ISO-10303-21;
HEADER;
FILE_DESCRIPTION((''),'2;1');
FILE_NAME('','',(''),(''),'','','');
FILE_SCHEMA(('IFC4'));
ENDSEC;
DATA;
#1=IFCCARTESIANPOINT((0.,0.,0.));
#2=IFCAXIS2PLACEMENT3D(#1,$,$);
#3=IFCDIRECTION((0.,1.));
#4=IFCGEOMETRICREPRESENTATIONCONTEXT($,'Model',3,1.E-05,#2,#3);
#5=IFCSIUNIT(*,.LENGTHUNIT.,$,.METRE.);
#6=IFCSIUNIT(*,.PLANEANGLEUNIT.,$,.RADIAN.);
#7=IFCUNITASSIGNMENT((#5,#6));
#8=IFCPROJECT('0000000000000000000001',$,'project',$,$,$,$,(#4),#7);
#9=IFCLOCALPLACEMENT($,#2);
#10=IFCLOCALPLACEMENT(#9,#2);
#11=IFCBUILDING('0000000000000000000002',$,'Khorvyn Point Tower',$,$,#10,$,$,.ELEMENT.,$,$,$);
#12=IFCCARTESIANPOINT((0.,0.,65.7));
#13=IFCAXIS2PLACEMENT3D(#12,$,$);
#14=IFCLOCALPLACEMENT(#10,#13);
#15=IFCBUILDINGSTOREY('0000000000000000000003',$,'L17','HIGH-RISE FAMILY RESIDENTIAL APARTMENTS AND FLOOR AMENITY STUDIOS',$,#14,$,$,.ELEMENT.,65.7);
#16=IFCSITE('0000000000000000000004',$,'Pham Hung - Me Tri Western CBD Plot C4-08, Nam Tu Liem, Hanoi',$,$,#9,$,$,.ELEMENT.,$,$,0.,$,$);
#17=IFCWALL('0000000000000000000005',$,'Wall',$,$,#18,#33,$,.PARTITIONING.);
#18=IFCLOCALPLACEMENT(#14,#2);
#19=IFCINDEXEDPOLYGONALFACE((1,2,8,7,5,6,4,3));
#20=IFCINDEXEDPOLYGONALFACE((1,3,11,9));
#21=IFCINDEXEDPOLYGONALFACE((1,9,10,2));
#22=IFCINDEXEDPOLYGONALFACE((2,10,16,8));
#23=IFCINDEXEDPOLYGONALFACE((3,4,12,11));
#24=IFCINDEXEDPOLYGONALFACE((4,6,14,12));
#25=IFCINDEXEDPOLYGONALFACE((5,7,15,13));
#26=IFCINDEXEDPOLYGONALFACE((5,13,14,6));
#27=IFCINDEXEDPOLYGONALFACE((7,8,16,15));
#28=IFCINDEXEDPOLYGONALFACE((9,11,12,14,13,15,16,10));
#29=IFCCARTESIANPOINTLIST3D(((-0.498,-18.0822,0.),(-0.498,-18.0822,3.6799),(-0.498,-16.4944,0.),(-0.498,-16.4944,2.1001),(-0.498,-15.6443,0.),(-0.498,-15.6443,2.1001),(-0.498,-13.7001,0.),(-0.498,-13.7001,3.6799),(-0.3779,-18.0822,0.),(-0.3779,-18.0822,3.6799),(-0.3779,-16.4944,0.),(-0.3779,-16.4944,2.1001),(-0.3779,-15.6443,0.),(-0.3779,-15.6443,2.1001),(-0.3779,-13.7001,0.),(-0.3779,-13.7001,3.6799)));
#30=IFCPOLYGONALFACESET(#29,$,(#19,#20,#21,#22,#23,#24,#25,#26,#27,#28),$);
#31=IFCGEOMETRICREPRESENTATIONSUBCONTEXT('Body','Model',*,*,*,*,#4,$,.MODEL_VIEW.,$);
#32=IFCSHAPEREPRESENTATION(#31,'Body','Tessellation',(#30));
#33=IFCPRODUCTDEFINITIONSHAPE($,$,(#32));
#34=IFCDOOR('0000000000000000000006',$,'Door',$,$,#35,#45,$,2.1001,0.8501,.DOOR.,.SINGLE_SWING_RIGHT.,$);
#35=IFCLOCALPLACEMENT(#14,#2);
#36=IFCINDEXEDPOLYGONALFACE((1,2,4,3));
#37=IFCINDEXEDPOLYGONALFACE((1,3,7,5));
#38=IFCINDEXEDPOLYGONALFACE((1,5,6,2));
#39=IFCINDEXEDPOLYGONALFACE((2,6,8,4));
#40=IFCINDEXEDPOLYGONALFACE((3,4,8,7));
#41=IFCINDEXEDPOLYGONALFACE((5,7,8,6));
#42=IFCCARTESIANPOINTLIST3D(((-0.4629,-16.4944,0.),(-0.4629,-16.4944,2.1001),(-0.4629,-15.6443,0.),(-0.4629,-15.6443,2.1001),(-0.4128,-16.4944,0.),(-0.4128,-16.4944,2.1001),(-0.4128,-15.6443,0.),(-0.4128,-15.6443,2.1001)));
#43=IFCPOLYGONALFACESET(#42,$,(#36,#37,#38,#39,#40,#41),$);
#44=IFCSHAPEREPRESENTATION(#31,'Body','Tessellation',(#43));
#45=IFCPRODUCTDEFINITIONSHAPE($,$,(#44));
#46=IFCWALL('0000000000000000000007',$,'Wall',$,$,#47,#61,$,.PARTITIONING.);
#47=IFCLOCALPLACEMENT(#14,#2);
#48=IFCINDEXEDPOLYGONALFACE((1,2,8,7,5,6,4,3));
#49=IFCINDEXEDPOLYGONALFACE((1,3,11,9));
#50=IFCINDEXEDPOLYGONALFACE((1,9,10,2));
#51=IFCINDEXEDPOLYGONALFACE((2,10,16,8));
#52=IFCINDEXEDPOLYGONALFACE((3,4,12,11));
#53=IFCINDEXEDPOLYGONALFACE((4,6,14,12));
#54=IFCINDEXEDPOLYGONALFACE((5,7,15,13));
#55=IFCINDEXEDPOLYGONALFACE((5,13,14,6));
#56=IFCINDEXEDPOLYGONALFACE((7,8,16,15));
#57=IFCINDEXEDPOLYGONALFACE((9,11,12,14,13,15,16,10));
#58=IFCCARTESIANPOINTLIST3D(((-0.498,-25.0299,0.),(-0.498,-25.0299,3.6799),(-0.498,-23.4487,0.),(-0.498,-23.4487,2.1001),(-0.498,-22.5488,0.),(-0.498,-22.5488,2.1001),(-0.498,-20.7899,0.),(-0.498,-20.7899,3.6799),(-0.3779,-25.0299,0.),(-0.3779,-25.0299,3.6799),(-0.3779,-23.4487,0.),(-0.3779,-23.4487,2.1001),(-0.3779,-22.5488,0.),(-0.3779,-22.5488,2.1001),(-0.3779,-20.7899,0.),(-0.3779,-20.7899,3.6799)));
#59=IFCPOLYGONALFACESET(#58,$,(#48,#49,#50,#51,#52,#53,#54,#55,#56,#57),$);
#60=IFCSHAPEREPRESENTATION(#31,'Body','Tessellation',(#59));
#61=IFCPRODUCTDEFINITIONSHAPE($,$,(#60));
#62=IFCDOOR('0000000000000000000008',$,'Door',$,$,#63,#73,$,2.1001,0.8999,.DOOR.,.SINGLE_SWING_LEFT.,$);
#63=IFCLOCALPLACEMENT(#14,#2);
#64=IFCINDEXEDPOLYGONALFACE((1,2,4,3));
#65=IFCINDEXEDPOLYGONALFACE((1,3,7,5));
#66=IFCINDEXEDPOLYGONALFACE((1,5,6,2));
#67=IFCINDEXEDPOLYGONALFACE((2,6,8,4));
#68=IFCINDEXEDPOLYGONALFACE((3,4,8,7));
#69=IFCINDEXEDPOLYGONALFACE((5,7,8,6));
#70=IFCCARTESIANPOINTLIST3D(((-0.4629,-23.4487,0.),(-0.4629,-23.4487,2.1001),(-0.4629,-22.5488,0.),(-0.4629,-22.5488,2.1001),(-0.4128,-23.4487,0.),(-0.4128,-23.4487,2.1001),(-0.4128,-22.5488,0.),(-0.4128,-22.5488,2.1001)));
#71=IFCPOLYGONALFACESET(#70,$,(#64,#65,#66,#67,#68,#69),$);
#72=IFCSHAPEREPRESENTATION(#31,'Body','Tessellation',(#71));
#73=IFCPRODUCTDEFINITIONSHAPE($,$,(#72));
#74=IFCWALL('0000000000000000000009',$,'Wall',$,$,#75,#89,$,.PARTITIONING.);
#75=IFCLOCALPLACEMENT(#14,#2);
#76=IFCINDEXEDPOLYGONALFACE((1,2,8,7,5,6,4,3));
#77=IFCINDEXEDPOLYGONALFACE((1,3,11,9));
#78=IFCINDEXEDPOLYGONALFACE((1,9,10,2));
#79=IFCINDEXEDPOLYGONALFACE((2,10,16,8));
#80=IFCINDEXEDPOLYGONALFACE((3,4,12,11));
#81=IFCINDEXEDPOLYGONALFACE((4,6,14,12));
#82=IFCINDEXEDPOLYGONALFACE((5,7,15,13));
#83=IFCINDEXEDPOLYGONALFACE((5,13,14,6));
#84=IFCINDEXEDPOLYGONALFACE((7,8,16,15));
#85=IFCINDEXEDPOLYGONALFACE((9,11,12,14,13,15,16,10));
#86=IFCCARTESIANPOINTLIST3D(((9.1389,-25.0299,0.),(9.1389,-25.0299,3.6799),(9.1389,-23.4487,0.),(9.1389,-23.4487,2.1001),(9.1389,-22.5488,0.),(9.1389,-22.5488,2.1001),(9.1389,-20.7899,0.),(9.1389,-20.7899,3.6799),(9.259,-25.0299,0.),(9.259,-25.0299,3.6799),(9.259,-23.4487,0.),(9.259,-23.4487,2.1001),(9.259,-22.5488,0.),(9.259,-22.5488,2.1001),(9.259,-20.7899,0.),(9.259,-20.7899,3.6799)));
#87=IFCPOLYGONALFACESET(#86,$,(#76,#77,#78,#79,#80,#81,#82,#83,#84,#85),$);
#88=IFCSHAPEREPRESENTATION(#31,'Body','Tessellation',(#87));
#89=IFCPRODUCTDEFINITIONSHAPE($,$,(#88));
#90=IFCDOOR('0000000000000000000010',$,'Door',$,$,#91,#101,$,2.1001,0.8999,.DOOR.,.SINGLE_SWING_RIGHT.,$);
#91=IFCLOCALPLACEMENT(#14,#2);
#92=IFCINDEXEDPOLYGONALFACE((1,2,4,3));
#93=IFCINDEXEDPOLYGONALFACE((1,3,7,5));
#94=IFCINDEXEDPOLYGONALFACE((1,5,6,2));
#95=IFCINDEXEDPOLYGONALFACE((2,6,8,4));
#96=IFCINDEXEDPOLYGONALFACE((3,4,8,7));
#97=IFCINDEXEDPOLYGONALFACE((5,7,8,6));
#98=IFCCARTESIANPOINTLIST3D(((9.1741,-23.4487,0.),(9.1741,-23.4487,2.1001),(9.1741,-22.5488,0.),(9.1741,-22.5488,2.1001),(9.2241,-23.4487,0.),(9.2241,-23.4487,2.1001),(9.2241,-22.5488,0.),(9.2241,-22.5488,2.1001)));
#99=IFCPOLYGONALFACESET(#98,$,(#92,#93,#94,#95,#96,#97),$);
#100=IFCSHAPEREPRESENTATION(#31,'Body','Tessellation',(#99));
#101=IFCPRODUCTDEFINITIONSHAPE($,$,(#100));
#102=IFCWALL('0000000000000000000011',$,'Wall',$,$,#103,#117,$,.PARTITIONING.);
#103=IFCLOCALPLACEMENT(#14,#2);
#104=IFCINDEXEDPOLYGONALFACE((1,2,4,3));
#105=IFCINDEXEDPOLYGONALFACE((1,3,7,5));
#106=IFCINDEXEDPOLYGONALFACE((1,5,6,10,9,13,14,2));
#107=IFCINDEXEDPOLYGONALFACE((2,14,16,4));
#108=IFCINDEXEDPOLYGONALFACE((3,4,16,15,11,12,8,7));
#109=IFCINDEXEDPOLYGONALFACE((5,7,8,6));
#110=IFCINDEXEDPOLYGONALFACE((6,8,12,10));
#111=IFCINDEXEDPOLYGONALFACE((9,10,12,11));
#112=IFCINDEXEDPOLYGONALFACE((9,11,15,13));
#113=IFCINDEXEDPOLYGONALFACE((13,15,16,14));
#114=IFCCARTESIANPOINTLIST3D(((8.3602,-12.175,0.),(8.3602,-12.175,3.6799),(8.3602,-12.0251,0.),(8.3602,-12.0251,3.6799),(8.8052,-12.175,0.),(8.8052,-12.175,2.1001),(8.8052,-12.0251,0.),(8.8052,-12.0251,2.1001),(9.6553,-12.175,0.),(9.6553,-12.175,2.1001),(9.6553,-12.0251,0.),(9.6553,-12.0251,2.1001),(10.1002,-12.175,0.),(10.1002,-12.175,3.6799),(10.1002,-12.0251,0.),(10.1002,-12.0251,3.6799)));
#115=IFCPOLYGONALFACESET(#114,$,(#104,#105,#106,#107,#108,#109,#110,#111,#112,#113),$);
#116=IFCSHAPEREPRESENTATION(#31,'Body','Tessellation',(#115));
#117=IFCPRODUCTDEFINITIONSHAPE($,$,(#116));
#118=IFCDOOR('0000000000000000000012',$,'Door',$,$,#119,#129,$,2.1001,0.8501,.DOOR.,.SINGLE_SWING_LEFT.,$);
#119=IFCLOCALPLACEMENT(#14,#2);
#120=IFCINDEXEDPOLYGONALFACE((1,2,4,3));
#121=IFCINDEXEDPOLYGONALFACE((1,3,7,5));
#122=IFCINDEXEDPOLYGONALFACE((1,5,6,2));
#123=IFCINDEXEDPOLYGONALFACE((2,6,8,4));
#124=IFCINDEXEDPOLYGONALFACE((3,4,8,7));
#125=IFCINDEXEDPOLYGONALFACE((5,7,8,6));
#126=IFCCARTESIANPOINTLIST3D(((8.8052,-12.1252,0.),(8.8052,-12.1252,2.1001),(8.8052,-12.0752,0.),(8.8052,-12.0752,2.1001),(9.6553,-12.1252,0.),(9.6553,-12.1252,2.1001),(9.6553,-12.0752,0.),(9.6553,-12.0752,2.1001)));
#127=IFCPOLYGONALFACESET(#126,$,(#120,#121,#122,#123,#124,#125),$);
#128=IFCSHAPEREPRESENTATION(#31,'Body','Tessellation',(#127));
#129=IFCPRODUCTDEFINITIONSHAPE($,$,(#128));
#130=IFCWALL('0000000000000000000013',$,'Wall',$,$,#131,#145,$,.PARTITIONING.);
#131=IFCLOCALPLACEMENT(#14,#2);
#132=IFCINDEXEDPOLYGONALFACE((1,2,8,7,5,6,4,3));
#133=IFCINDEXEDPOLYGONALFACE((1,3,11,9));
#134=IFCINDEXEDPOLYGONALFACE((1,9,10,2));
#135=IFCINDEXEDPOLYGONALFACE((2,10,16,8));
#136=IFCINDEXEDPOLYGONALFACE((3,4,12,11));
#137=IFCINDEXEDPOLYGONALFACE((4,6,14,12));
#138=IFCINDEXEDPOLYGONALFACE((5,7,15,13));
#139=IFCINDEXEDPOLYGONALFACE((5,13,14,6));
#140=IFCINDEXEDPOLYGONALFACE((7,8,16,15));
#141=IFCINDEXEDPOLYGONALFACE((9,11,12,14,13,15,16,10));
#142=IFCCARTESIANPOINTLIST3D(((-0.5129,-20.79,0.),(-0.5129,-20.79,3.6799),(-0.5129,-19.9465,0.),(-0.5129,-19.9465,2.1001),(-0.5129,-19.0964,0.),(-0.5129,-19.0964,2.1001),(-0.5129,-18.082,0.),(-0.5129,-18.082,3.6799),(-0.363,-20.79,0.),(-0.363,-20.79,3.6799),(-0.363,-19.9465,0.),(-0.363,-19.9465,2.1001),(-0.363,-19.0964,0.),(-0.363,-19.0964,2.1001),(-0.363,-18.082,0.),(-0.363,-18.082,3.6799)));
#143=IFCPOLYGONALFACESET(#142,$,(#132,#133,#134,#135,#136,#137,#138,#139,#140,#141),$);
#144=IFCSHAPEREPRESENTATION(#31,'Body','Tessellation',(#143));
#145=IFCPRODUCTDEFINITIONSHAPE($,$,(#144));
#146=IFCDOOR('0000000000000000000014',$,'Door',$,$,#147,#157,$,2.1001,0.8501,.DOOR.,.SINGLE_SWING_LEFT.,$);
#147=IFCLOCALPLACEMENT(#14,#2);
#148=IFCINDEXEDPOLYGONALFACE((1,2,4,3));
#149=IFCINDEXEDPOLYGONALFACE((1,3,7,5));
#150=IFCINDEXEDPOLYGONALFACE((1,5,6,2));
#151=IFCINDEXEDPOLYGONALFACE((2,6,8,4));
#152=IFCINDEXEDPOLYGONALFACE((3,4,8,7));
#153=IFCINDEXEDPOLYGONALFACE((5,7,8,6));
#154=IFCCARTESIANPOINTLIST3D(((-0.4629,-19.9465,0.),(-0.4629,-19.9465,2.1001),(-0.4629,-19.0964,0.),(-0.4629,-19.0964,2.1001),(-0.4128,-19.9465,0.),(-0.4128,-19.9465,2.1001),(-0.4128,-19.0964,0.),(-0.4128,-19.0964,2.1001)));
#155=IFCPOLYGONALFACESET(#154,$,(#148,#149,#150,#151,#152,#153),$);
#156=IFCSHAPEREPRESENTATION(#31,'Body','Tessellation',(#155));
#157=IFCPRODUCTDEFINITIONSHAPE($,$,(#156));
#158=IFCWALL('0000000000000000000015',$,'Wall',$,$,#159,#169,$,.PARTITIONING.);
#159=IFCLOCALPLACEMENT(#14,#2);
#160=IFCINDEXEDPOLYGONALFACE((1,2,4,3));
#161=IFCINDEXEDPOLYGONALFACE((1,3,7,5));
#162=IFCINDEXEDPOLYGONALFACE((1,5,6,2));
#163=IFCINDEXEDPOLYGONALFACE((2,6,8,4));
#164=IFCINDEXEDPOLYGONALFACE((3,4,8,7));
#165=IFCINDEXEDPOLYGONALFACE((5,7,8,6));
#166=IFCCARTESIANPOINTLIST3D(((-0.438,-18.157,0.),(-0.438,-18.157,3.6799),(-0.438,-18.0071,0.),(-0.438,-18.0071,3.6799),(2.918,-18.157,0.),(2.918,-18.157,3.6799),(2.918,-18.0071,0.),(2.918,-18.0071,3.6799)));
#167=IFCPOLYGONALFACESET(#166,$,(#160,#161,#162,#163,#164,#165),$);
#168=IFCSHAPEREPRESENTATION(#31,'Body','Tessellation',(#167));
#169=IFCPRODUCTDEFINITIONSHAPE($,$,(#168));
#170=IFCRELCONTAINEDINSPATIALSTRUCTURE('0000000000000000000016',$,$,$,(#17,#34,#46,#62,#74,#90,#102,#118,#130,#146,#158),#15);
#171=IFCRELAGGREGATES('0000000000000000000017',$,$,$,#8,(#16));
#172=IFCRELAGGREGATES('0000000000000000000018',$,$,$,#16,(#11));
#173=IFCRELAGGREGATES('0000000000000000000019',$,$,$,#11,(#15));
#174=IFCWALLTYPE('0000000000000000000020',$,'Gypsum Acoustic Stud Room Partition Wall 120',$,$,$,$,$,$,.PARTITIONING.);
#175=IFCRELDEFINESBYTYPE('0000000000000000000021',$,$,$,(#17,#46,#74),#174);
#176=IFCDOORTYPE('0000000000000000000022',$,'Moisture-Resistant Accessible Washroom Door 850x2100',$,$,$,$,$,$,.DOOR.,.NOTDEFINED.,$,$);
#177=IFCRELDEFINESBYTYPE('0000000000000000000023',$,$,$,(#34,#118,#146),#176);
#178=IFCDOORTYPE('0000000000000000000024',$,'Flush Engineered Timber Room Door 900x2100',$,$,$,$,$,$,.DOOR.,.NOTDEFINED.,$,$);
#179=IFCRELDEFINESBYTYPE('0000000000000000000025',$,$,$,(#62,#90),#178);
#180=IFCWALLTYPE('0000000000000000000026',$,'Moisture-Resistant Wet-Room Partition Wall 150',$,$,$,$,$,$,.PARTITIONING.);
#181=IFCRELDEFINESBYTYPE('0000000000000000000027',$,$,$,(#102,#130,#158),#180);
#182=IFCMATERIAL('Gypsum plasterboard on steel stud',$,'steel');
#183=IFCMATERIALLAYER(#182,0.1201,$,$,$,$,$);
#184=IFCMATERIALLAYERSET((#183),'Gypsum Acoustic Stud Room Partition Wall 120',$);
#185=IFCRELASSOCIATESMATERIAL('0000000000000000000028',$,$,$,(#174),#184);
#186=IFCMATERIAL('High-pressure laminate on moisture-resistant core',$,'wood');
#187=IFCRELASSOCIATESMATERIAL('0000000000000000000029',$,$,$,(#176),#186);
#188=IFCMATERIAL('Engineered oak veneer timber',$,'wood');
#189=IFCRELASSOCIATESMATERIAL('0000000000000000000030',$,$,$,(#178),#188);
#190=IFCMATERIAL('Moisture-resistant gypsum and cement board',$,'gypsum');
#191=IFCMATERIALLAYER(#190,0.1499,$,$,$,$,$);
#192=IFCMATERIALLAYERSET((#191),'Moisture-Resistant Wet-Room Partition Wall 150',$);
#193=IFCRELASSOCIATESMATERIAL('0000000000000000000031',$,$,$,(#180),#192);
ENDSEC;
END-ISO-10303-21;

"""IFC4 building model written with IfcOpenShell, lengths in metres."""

from ifc_helpers import new_model, si_unit, direction, frame, frame_2d, origin, place, context, subcontext, project, spatial, rectangle, extrude, material, layer, layer_set, type_object, element, fill, save


model = new_model("IFC4")

# Units and contexts
model_context = context("Model", 3, precision=1e-05, world=origin(), true_north=direction((0.0, 1.0)))
body_context = subcontext(model_context, "Body", "Model", "MODEL_VIEW")
ifc_project = project(units=[si_unit("LENGTHUNIT", "METRE"), si_unit("PLANEANGLEUNIT", "RADIAN")], contexts=[model_context])

# Site, building, storey
site_placement = place(None, origin())
site = spatial("IfcSite", under=ifc_project, at=site_placement, Name="Pham Hung - Me Tri Western CBD Plot C4-08, Nam Tu Liem, Hanoi", CompositionType="ELEMENT", RefElevation=0.0)
building_placement = place(site_placement, origin())
building = spatial("IfcBuilding", under=site, at=building_placement, Name="Khorvyn Point Tower", CompositionType="ELEMENT")
storey_placement = place(building_placement, frame((0.0, 0.0, 65.7)))
storey = spatial("IfcBuildingStorey", under=building, at=storey_placement, Name="L17", Description="HIGH-RISE FAMILY RESIDENTIAL APARTMENTS AND FLOOR AMENITY STUDIOS", CompositionType="ELEMENT", Elevation=65.7)

# Walls, openings, doors
ifc_material_1 = material(Name="Gypsum plasterboard on steel stud", Category="steel")
ifc_layer_1 = layer(ifc_material_1, 0.1201)
ifc_layer_set_1 = layer_set([ifc_layer_1], Name="Gypsum Acoustic Stud Room Partition Wall 120")
wall_type_1 = type_object("IfcWallType", Name="Gypsum Acoustic Stud Room Partition Wall 120", PredefinedType="PARTITIONING", material=ifc_layer_set_1)
wall_1_placement = place(storey_placement, frame((-0.438, -18.082, 0.0), z_axis=(0.0, 0.0, 1.0), x_axis=(0.0, 1.0, 0.0)))
wall_1 = element("IfcWall", 1, at=wall_1_placement, inside=storey, type_object=wall_type_1, Name="Wall", PredefinedType="PARTITIONING", context=body_context, shape_type="SweptSolid", body=[
    extrude(rectangle(XDim=4.3821, YDim=0.1201, at=frame_2d((2.1909, 0.0))), origin(), (0.0, 0.0, 1.0), 3.6799),
])
opening_1_placement = place(wall_1_placement, frame((1.5876, 0.0, 0.0)))
opening_1 = element("IfcOpeningElement", 2, at=opening_1_placement, cuts=wall_1, PredefinedType="OPENING", context=body_context, shape_type="SweptSolid", body=[
    extrude(rectangle(XDim=0.8501, YDim=2.1001, at=frame_2d((0.425, 1.05))), frame((0.0, 0.0701, 0.0), z_axis=(0.0, -1.0, 0.0), x_axis=(1.0, 0.0, 0.0)), (0.0, 0.0, 1.0), 0.1401),
])
ifc_material_2 = material(Name="High-pressure laminate on moisture-resistant core", Category="wood")
door_type_1 = type_object("IfcDoorType", Name="Moisture-Resistant Accessible Washroom Door 850x2100", OperationType="NOTDEFINED", PredefinedType="DOOR", material=ifc_material_2)
door_1_placement = place(opening_1_placement, origin())
door_1 = element("IfcDoor", 3, at=door_1_placement, inside=storey, type_object=door_type_1, Name="Door", OperationType="SINGLE_SWING_RIGHT", OverallHeight=2.1001, OverallWidth=0.8501, PredefinedType="DOOR", context=body_context, shape_type="SweptSolid", body=[
    extrude(rectangle(XDim=0.8501, YDim=2.1001, at=frame_2d((0.425, 1.05))), frame((0.0, 0.0249, 0.0), z_axis=(0.0, -1.0, 0.0), x_axis=(1.0, 0.0, 0.0)), (0.0, 0.0, 1.0), 0.05),
])
fill(opening_1, door_1)
wall_2_placement = place(storey_placement, frame((-0.438, -25.03, 0.0), z_axis=(0.0, 0.0, 1.0), x_axis=(0.0, 1.0, 0.0)))
wall_2 = element("IfcWall", 4, at=wall_2_placement, inside=storey, type_object=wall_type_1, Name="Wall", PredefinedType="PARTITIONING", context=body_context, shape_type="SweptSolid", body=[
    extrude(rectangle(XDim=4.24, YDim=0.1201, at=frame_2d((2.1201, 0.0))), origin(), (0.0, 0.0, 1.0), 3.6799),
])
opening_2_placement = place(wall_2_placement, frame((1.5813, 0.0, 0.0)))
opening_2 = element("IfcOpeningElement", 5, at=opening_2_placement, cuts=wall_2, PredefinedType="OPENING", context=body_context, shape_type="SweptSolid", body=[
    extrude(rectangle(XDim=0.8999, YDim=2.1001, at=frame_2d((0.45, 1.05))), frame((0.0, 0.0701, 0.0), z_axis=(0.0, -1.0, 0.0), x_axis=(1.0, 0.0, 0.0)), (0.0, 0.0, 1.0), 0.1401),
])
ifc_material_3 = material(Name="Engineered oak veneer timber", Category="wood")
door_type_2 = type_object("IfcDoorType", Name="Flush Engineered Timber Room Door 900x2100", OperationType="NOTDEFINED", PredefinedType="DOOR", material=ifc_material_3)
door_2_placement = place(opening_2_placement, origin())
door_2 = element("IfcDoor", 6, at=door_2_placement, inside=storey, type_object=door_type_2, Name="Door", OperationType="SINGLE_SWING_LEFT", OverallHeight=2.1001, OverallWidth=0.8999, PredefinedType="DOOR", context=body_context, shape_type="SweptSolid", body=[
    extrude(rectangle(XDim=0.8999, YDim=2.1001, at=frame_2d((0.45, 1.05))), frame((0.0, 0.0249, 0.0), z_axis=(0.0, -1.0, 0.0), x_axis=(1.0, 0.0, 0.0)), (0.0, 0.0, 1.0), 0.05),
])
fill(opening_2, door_2)
wall_3_placement = place(storey_placement, frame((9.199, -25.03, 0.0), z_axis=(0.0, 0.0, 1.0), x_axis=(0.0, 1.0, 0.0)))
wall_3 = element("IfcWall", 7, at=wall_3_placement, inside=storey, type_object=wall_type_1, Name="Wall", PredefinedType="PARTITIONING", context=body_context, shape_type="SweptSolid", body=[
    extrude(rectangle(XDim=4.24, YDim=0.1201, at=frame_2d((2.1201, 0.0))), origin(), (0.0, 0.0, 1.0), 3.6799),
])
opening_3_placement = place(wall_3_placement, frame((1.5813, 0.0, 0.0)))
opening_3 = element("IfcOpeningElement", 8, at=opening_3_placement, cuts=wall_3, PredefinedType="OPENING", context=body_context, shape_type="SweptSolid", body=[
    extrude(rectangle(XDim=0.8999, YDim=2.1001, at=frame_2d((0.45, 1.05))), frame((0.0, 0.0701, 0.0), z_axis=(0.0, -1.0, 0.0), x_axis=(1.0, 0.0, 0.0)), (0.0, 0.0, 1.0), 0.1401),
])
door_3_placement = place(opening_3_placement, origin())
door_3 = element("IfcDoor", 9, at=door_3_placement, inside=storey, type_object=door_type_2, Name="Door", OperationType="SINGLE_SWING_RIGHT", OverallHeight=2.1001, OverallWidth=0.8999, PredefinedType="DOOR", context=body_context, shape_type="SweptSolid", body=[
    extrude(rectangle(XDim=0.8999, YDim=2.1001, at=frame_2d((0.45, 1.05))), frame((0.0, 0.0249, 0.0), z_axis=(0.0, -1.0, 0.0), x_axis=(1.0, 0.0, 0.0)), (0.0, 0.0, 1.0), 0.05),
])
fill(opening_3, door_3)
ifc_material_4 = material(Name="Moisture-resistant gypsum and cement board", Category="gypsum")
ifc_layer_2 = layer(ifc_material_4, 0.1499)
ifc_layer_set_2 = layer_set([ifc_layer_2], Name="Moisture-Resistant Wet-Room Partition Wall 150")
wall_type_2 = type_object("IfcWallType", Name="Moisture-Resistant Wet-Room Partition Wall 150", PredefinedType="PARTITIONING", material=ifc_layer_set_2)
wall_4_placement = place(storey_placement, frame((8.3601, -12.1001, 0.0), z_axis=(0.0, 0.0, 1.0), x_axis=(1.0, 0.0, 0.0)))
wall_4 = element("IfcWall", 10, at=wall_4_placement, inside=storey, type_object=wall_type_2, Name="Wall", PredefinedType="PARTITIONING", context=body_context, shape_type="SweptSolid", body=[
    extrude(rectangle(XDim=1.74, YDim=0.1499, at=frame_2d((0.8701, 0.0))), origin(), (0.0, 0.0, 1.0), 3.6799),
])
opening_4_placement = place(wall_4_placement, frame((0.4451, 0.0, 0.0)))
opening_4 = element("IfcOpeningElement", 11, at=opening_4_placement, cuts=wall_4, PredefinedType="OPENING", context=body_context, shape_type="SweptSolid", body=[
    extrude(rectangle(XDim=0.8501, YDim=2.1001, at=frame_2d((0.425, 1.05))), frame((0.0, 0.085, 0.0), z_axis=(0.0, -1.0, 0.0), x_axis=(1.0, 0.0, 0.0)), (0.0, 0.0, 1.0), 0.1699),
])
door_4_placement = place(opening_4_placement, origin())
door_4 = element("IfcDoor", 12, at=door_4_placement, inside=storey, type_object=door_type_1, Name="Door", OperationType="SINGLE_SWING_LEFT", OverallHeight=2.1001, OverallWidth=0.8501, PredefinedType="DOOR", context=body_context, shape_type="SweptSolid", body=[
    extrude(rectangle(XDim=0.8501, YDim=2.1001, at=frame_2d((0.425, 1.05))), frame((0.0, 0.0249, 0.0), z_axis=(0.0, -1.0, 0.0), x_axis=(1.0, 0.0, 0.0)), (0.0, 0.0, 1.0), 0.05),
])
fill(opening_4, door_4)
wall_5_placement = place(storey_placement, frame((-0.438, -20.79, 0.0), z_axis=(0.0, 0.0, 1.0), x_axis=(0.0, 1.0, 0.0)))
wall_5 = element("IfcWall", 13, at=wall_5_placement, inside=storey, type_object=wall_type_2, Name="Wall", PredefinedType="PARTITIONING", context=body_context, shape_type="SweptSolid", body=[
    extrude(rectangle(XDim=2.708, YDim=0.1499, at=frame_2d((1.354, 0.0))), origin(), (0.0, 0.0, 1.0), 3.6799),
])
opening_5_placement = place(wall_5_placement, frame((0.8435, 0.0, 0.0)))
opening_5 = element("IfcOpeningElement", 14, at=opening_5_placement, cuts=wall_5, PredefinedType="OPENING", context=body_context, shape_type="SweptSolid", body=[
    extrude(rectangle(XDim=0.8501, YDim=2.1001, at=frame_2d((0.425, 1.05))), frame((0.0, 0.085, 0.0), z_axis=(0.0, -1.0, 0.0), x_axis=(1.0, 0.0, 0.0)), (0.0, 0.0, 1.0), 0.1699),
])
door_5_placement = place(opening_5_placement, origin())
door_5 = element("IfcDoor", 15, at=door_5_placement, inside=storey, type_object=door_type_1, Name="Door", OperationType="SINGLE_SWING_LEFT", OverallHeight=2.1001, OverallWidth=0.8501, PredefinedType="DOOR", context=body_context, shape_type="SweptSolid", body=[
    extrude(rectangle(XDim=0.8501, YDim=2.1001, at=frame_2d((0.425, 1.05))), frame((0.0, 0.0249, 0.0), z_axis=(0.0, -1.0, 0.0), x_axis=(1.0, 0.0, 0.0)), (0.0, 0.0, 1.0), 0.05),
])
fill(opening_5, door_5)

# Wall
for number, where, z_axis, x_axis, name in (
    (16, (-0.438, -18.082, 0.0), (0.0, 0.0, 1.0), (1.0, 0.0, 0.0), "Wall"),
):
    element("IfcWall", number, at=place(storey_placement, frame(where, z_axis=z_axis, x_axis=x_axis)), inside=storey, type_object=wall_type_2, Name=name, PredefinedType="PARTITIONING", context=body_context, shape_type="SweptSolid", body=[
        extrude(rectangle(XDim=3.356, YDim=0.1499, at=frame_2d((1.678, 0.0))), origin(), (0.0, 0.0, 1.0), 3.6799),
    ])

save(model, "model.ifc")
